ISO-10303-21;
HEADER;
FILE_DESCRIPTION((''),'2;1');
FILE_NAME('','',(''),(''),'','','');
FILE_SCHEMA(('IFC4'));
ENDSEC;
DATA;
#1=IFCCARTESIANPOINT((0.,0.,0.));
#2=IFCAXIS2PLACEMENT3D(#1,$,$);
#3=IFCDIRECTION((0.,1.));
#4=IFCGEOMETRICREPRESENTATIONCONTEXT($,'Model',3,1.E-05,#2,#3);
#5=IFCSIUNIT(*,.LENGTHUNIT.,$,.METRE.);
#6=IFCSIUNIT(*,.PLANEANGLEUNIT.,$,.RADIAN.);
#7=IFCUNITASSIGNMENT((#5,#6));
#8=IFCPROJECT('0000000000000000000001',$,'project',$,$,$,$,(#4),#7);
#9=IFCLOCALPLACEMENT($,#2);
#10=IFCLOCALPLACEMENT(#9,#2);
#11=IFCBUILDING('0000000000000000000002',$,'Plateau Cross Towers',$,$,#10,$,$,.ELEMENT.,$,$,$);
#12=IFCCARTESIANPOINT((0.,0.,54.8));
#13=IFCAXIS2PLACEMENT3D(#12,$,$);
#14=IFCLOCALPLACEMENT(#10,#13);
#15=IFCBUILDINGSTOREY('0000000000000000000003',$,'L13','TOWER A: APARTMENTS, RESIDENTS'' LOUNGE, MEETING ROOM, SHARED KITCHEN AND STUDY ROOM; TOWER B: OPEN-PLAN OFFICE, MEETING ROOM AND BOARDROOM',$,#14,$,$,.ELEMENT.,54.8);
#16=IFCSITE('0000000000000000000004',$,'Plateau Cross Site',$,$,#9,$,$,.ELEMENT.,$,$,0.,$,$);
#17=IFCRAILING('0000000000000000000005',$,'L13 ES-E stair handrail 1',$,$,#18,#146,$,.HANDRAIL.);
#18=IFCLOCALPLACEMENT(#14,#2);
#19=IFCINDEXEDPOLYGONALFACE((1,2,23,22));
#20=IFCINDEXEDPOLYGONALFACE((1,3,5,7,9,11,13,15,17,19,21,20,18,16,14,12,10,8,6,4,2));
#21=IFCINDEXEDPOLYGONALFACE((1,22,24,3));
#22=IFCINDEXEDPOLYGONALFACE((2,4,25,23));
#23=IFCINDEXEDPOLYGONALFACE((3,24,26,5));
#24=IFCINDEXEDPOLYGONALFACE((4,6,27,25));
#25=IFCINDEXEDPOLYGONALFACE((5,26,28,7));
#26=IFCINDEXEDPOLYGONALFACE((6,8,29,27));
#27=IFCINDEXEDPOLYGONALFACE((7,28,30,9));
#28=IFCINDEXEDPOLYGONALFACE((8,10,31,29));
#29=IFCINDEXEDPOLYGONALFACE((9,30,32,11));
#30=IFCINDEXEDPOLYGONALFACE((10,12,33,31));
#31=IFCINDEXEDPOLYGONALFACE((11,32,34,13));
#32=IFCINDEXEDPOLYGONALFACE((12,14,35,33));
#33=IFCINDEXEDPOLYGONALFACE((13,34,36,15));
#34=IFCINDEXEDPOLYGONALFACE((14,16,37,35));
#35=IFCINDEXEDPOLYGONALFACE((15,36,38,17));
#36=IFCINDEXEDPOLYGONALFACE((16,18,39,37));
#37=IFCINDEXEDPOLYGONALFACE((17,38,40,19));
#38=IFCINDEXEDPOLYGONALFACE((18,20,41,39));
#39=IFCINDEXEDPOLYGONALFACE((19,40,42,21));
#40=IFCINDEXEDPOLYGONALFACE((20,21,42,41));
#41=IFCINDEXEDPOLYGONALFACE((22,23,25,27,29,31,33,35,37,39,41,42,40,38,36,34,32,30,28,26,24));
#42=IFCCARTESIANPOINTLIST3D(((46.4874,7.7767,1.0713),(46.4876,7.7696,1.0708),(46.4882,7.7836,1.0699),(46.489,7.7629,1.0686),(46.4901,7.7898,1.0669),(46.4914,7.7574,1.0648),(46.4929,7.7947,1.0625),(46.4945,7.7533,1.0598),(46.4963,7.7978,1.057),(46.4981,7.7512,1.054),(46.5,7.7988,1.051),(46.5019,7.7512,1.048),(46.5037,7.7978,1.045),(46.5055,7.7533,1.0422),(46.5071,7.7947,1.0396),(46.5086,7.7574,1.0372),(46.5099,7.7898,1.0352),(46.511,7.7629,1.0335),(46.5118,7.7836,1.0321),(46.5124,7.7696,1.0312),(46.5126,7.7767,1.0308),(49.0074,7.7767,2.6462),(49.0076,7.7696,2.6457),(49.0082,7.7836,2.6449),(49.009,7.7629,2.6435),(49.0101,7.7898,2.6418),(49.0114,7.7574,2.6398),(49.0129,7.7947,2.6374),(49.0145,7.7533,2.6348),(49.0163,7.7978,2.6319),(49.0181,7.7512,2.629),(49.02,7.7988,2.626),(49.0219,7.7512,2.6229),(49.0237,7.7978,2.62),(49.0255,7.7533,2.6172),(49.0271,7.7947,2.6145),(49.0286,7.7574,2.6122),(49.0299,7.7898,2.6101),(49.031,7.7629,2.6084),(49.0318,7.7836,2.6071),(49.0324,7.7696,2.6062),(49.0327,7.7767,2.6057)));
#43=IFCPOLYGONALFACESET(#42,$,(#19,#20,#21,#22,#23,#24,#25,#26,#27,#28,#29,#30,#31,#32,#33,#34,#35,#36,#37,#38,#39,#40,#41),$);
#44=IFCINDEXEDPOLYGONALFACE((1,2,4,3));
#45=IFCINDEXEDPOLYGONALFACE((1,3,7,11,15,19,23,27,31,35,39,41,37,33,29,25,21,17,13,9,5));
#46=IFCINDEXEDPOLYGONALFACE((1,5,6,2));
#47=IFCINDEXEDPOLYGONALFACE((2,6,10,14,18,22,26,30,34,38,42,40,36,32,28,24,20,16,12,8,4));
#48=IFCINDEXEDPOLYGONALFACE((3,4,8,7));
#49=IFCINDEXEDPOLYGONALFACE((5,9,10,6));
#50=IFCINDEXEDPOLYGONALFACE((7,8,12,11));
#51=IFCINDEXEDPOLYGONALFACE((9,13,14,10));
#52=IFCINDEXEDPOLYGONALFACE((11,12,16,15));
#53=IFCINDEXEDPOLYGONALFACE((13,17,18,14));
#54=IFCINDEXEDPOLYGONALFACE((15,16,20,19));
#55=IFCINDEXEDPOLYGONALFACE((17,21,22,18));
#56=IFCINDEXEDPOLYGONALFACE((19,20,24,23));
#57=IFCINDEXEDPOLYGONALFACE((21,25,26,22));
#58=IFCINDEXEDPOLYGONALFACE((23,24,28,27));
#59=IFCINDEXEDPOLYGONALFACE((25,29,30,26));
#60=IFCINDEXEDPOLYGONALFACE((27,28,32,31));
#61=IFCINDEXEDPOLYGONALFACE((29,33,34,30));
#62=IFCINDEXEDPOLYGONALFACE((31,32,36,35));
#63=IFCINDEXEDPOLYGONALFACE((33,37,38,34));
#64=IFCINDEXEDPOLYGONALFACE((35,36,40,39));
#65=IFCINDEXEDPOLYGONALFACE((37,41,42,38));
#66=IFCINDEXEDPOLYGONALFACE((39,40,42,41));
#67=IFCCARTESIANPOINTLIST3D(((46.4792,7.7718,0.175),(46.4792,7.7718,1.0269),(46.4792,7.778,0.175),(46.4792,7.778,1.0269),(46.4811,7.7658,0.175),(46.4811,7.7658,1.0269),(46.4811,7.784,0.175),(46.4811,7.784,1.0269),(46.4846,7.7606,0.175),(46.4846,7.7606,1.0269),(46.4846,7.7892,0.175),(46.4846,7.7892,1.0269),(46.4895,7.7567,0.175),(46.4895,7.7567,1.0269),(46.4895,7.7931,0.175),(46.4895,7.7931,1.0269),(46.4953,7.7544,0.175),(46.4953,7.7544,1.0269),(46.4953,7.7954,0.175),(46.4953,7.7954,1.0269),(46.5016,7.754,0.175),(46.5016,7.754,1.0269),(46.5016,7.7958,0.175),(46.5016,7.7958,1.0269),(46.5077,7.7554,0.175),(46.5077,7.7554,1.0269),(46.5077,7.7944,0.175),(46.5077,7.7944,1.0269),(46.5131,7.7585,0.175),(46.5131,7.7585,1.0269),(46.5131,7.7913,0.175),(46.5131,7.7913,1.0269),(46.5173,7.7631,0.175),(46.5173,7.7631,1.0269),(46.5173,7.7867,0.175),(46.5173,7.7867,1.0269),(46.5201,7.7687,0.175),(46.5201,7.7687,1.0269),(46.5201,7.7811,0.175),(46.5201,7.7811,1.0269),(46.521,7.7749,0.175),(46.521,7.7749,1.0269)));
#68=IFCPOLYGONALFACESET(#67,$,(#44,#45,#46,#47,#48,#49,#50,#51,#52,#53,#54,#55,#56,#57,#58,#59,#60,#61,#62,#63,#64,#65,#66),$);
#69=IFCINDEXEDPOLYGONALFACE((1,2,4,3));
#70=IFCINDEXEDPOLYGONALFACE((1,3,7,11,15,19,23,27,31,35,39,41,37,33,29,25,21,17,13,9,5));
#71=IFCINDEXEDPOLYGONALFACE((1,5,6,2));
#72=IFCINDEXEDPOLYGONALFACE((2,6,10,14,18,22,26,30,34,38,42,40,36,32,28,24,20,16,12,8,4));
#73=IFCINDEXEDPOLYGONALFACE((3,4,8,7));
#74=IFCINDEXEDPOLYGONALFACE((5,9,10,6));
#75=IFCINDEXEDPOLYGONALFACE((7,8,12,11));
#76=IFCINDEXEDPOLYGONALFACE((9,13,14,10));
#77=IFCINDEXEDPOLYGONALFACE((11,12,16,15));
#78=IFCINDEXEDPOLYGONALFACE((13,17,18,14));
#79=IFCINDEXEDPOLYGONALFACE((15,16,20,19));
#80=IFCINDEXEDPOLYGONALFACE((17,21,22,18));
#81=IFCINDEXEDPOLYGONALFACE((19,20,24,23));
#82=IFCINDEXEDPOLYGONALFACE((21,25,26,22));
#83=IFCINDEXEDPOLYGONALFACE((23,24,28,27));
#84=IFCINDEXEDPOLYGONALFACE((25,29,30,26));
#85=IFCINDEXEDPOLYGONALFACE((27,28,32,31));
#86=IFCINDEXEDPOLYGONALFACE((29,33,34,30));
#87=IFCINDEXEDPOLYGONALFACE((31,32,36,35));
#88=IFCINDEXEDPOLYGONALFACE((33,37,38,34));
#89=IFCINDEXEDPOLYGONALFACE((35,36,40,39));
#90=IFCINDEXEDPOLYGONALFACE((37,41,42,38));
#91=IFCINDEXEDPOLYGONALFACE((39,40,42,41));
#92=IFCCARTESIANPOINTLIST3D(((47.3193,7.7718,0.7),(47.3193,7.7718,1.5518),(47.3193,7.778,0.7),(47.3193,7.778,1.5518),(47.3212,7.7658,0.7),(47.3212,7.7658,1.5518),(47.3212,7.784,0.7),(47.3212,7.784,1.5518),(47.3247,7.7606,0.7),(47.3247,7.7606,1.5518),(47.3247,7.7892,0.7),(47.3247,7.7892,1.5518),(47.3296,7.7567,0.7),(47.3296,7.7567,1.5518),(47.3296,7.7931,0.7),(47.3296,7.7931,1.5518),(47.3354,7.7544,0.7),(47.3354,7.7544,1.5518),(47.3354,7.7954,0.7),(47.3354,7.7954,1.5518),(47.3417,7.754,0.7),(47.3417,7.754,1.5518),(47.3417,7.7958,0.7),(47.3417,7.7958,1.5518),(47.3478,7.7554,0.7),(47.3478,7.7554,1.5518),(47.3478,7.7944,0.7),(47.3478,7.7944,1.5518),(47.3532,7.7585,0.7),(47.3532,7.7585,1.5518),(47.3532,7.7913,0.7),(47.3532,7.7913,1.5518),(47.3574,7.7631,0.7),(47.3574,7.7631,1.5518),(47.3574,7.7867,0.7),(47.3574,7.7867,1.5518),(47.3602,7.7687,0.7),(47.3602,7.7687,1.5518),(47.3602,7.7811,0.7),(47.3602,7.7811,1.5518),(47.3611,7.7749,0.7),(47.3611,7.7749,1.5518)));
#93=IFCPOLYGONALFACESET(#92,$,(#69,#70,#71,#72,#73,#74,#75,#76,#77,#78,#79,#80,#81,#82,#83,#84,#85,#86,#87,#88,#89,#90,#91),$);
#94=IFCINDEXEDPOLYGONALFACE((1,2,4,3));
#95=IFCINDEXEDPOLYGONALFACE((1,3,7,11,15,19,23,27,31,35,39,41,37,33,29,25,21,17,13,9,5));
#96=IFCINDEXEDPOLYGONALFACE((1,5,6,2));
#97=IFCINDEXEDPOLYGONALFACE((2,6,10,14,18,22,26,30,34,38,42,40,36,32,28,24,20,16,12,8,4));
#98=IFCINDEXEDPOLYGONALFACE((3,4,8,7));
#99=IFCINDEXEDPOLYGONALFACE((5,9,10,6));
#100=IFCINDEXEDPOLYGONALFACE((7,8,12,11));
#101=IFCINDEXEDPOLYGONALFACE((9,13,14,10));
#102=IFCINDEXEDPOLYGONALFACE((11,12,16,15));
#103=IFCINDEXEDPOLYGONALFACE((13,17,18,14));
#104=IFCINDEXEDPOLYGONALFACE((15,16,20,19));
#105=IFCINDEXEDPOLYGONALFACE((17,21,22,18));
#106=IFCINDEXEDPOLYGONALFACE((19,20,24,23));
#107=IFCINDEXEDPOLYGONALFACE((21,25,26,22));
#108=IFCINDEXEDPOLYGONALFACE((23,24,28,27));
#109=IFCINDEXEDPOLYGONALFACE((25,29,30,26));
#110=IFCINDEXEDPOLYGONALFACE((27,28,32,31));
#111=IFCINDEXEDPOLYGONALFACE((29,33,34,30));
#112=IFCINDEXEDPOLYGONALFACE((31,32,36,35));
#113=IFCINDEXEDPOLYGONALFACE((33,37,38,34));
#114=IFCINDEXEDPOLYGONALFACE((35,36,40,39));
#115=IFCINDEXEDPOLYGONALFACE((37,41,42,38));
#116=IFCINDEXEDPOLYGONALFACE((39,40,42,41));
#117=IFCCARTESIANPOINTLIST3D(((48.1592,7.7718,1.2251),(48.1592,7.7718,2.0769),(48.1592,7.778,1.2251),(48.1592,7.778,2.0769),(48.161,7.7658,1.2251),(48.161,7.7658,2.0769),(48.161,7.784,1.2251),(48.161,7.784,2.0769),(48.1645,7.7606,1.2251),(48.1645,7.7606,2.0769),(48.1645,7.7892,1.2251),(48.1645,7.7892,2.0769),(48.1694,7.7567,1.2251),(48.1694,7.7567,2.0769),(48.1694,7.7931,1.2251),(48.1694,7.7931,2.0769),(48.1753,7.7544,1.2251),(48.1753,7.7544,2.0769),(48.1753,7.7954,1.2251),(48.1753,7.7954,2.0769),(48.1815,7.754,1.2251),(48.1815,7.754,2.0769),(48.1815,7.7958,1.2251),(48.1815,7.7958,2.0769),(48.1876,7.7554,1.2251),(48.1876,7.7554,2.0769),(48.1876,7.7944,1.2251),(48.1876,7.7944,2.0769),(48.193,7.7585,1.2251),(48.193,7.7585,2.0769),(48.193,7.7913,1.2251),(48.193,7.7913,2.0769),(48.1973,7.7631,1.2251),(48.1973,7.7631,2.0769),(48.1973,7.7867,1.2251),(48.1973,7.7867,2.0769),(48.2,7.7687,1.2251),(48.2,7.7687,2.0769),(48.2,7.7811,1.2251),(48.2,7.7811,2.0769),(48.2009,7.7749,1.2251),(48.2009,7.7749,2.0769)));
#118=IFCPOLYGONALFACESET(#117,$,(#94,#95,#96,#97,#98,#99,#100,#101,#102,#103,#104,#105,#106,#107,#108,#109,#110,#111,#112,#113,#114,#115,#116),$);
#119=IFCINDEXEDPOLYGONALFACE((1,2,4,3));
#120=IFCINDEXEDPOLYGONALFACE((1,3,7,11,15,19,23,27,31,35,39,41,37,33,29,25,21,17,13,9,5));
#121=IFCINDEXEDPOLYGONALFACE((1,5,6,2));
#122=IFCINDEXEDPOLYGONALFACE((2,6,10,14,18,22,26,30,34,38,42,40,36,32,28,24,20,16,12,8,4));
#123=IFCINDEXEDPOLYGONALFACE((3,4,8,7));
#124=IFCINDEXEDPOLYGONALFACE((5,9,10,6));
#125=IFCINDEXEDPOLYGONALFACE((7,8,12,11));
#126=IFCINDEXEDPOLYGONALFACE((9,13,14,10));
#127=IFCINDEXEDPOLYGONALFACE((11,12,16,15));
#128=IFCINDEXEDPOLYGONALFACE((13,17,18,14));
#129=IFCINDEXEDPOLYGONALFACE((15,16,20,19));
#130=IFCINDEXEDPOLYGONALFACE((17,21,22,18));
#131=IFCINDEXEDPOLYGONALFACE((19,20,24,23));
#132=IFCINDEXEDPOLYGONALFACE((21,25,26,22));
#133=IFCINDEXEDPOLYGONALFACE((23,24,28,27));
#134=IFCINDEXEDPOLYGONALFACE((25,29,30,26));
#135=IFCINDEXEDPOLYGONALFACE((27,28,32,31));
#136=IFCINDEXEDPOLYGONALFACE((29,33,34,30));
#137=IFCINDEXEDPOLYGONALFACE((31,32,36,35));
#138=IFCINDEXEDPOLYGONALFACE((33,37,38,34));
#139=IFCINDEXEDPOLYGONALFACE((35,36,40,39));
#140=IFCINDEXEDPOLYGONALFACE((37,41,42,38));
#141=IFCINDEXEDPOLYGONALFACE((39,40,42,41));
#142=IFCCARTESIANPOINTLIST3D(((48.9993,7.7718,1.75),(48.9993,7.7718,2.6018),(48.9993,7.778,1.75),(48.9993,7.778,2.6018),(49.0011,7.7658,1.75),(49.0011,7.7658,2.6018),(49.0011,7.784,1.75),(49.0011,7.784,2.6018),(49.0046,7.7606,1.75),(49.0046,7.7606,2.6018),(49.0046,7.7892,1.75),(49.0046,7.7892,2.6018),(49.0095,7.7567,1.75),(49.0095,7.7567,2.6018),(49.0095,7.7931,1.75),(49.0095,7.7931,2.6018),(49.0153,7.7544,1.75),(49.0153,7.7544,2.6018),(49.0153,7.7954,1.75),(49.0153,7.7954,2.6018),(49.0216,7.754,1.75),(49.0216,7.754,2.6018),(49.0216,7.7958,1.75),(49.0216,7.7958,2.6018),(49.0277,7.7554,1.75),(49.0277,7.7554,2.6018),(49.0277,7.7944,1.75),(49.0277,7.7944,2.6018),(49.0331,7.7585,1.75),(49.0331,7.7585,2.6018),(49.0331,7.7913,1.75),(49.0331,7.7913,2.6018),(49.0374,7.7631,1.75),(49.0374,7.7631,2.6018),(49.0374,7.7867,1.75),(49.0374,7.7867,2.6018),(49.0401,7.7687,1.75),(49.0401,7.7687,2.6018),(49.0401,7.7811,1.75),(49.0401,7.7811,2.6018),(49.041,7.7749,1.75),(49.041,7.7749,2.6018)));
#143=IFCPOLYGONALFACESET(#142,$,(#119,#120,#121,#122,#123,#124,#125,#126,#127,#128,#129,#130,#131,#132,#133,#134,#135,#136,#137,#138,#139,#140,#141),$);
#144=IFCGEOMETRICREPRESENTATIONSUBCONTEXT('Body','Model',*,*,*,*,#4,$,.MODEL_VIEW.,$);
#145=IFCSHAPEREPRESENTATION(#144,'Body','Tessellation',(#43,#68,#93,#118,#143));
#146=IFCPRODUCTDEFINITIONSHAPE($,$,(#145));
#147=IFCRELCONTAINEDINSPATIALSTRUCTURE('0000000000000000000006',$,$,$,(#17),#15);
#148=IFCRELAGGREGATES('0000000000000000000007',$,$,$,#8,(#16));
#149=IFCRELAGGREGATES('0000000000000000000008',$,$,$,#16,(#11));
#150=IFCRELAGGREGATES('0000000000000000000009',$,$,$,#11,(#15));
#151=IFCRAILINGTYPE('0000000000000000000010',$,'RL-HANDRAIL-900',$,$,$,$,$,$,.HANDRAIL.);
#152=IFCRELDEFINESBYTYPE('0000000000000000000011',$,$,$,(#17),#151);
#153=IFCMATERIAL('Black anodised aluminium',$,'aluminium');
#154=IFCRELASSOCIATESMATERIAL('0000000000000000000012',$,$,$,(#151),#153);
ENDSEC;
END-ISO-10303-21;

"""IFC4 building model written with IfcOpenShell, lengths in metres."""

from ifc_helpers import new_model, si_unit, direction, frame, origin, origin_2d, place, context, subcontext, project, spatial, circle, extrude, material, type_object, element, save


model = new_model("IFC4")

# Units and contexts
model_context = context("Model", 3, precision=1e-05, world=origin(), true_north=direction((0.0, 1.0)))
body_context = subcontext(model_context, "Body", "Model", "MODEL_VIEW")
ifc_project = project(units=[si_unit("LENGTHUNIT", "METRE"), si_unit("PLANEANGLEUNIT", "RADIAN")], contexts=[model_context])

# Site, building, storey
site_placement = place(None, origin())
site = spatial("IfcSite", under=ifc_project, at=site_placement, Name="Plateau Cross Site", CompositionType="ELEMENT", RefElevation=0.0)
building_placement = place(site_placement, origin())
building = spatial("IfcBuilding", under=site, at=building_placement, Name="Plateau Cross Towers", CompositionType="ELEMENT")
storey_placement = place(building_placement, frame((0.0, 0.0, 54.8)))
storey = spatial("IfcBuildingStorey", under=building, at=storey_placement, Name="L13", Description="TOWER A: APARTMENTS, RESIDENTS' LOUNGE, MEETING ROOM, SHARED KITCHEN AND STUDY ROOM; TOWER B: OPEN-PLAN OFFICE, MEETING ROOM AND BOARDROOM", CompositionType="ELEMENT", Elevation=54.8)

# Shared definitions
ifc_material_1 = material(Name="Black anodised aluminium", Category="aluminium")

# Railing
railing_type_1 = type_object("IfcRailingType", Name="RL-HANDRAIL-900", PredefinedType="HANDRAIL", material=ifc_material_1)
railing_1_placement = place(storey_placement, frame((46.5, 7.7749, 0.175)))
element("IfcRailing", 1, at=railing_1_placement, inside=storey, type_object=railing_type_1, Name="L13 ES-E stair handrail 1", PredefinedType="HANDRAIL", context=body_context, shape_type="SweptSolid", body=[
    extrude(circle(Radius=0.0239, at=origin_2d()), frame((0.0, 0.0, 0.876), z_axis=(0.848008, 0.0, 0.529984), x_axis=(0.0, 1.0, 0.0)), (0.0, 0.0, 1.0), 2.9717),
    extrude(circle(Radius=0.021, at=origin_2d()), origin(), (0.0, 0.0, 1.0), 0.8518),
    extrude(circle(Radius=0.021, at=origin_2d()), frame((0.8401, 0.0, 0.5249)), (0.0, 0.0, 1.0), 0.8518),
    extrude(circle(Radius=0.021, at=origin_2d()), frame((1.6799, 0.0, 1.05)), (0.0, 0.0, 1.0), 0.8518),
    extrude(circle(Radius=0.021, at=origin_2d()), frame((2.52, 0.0, 1.575)), (0.0, 0.0, 1.0), 0.8518),
])

save(model, "model.ifc")
